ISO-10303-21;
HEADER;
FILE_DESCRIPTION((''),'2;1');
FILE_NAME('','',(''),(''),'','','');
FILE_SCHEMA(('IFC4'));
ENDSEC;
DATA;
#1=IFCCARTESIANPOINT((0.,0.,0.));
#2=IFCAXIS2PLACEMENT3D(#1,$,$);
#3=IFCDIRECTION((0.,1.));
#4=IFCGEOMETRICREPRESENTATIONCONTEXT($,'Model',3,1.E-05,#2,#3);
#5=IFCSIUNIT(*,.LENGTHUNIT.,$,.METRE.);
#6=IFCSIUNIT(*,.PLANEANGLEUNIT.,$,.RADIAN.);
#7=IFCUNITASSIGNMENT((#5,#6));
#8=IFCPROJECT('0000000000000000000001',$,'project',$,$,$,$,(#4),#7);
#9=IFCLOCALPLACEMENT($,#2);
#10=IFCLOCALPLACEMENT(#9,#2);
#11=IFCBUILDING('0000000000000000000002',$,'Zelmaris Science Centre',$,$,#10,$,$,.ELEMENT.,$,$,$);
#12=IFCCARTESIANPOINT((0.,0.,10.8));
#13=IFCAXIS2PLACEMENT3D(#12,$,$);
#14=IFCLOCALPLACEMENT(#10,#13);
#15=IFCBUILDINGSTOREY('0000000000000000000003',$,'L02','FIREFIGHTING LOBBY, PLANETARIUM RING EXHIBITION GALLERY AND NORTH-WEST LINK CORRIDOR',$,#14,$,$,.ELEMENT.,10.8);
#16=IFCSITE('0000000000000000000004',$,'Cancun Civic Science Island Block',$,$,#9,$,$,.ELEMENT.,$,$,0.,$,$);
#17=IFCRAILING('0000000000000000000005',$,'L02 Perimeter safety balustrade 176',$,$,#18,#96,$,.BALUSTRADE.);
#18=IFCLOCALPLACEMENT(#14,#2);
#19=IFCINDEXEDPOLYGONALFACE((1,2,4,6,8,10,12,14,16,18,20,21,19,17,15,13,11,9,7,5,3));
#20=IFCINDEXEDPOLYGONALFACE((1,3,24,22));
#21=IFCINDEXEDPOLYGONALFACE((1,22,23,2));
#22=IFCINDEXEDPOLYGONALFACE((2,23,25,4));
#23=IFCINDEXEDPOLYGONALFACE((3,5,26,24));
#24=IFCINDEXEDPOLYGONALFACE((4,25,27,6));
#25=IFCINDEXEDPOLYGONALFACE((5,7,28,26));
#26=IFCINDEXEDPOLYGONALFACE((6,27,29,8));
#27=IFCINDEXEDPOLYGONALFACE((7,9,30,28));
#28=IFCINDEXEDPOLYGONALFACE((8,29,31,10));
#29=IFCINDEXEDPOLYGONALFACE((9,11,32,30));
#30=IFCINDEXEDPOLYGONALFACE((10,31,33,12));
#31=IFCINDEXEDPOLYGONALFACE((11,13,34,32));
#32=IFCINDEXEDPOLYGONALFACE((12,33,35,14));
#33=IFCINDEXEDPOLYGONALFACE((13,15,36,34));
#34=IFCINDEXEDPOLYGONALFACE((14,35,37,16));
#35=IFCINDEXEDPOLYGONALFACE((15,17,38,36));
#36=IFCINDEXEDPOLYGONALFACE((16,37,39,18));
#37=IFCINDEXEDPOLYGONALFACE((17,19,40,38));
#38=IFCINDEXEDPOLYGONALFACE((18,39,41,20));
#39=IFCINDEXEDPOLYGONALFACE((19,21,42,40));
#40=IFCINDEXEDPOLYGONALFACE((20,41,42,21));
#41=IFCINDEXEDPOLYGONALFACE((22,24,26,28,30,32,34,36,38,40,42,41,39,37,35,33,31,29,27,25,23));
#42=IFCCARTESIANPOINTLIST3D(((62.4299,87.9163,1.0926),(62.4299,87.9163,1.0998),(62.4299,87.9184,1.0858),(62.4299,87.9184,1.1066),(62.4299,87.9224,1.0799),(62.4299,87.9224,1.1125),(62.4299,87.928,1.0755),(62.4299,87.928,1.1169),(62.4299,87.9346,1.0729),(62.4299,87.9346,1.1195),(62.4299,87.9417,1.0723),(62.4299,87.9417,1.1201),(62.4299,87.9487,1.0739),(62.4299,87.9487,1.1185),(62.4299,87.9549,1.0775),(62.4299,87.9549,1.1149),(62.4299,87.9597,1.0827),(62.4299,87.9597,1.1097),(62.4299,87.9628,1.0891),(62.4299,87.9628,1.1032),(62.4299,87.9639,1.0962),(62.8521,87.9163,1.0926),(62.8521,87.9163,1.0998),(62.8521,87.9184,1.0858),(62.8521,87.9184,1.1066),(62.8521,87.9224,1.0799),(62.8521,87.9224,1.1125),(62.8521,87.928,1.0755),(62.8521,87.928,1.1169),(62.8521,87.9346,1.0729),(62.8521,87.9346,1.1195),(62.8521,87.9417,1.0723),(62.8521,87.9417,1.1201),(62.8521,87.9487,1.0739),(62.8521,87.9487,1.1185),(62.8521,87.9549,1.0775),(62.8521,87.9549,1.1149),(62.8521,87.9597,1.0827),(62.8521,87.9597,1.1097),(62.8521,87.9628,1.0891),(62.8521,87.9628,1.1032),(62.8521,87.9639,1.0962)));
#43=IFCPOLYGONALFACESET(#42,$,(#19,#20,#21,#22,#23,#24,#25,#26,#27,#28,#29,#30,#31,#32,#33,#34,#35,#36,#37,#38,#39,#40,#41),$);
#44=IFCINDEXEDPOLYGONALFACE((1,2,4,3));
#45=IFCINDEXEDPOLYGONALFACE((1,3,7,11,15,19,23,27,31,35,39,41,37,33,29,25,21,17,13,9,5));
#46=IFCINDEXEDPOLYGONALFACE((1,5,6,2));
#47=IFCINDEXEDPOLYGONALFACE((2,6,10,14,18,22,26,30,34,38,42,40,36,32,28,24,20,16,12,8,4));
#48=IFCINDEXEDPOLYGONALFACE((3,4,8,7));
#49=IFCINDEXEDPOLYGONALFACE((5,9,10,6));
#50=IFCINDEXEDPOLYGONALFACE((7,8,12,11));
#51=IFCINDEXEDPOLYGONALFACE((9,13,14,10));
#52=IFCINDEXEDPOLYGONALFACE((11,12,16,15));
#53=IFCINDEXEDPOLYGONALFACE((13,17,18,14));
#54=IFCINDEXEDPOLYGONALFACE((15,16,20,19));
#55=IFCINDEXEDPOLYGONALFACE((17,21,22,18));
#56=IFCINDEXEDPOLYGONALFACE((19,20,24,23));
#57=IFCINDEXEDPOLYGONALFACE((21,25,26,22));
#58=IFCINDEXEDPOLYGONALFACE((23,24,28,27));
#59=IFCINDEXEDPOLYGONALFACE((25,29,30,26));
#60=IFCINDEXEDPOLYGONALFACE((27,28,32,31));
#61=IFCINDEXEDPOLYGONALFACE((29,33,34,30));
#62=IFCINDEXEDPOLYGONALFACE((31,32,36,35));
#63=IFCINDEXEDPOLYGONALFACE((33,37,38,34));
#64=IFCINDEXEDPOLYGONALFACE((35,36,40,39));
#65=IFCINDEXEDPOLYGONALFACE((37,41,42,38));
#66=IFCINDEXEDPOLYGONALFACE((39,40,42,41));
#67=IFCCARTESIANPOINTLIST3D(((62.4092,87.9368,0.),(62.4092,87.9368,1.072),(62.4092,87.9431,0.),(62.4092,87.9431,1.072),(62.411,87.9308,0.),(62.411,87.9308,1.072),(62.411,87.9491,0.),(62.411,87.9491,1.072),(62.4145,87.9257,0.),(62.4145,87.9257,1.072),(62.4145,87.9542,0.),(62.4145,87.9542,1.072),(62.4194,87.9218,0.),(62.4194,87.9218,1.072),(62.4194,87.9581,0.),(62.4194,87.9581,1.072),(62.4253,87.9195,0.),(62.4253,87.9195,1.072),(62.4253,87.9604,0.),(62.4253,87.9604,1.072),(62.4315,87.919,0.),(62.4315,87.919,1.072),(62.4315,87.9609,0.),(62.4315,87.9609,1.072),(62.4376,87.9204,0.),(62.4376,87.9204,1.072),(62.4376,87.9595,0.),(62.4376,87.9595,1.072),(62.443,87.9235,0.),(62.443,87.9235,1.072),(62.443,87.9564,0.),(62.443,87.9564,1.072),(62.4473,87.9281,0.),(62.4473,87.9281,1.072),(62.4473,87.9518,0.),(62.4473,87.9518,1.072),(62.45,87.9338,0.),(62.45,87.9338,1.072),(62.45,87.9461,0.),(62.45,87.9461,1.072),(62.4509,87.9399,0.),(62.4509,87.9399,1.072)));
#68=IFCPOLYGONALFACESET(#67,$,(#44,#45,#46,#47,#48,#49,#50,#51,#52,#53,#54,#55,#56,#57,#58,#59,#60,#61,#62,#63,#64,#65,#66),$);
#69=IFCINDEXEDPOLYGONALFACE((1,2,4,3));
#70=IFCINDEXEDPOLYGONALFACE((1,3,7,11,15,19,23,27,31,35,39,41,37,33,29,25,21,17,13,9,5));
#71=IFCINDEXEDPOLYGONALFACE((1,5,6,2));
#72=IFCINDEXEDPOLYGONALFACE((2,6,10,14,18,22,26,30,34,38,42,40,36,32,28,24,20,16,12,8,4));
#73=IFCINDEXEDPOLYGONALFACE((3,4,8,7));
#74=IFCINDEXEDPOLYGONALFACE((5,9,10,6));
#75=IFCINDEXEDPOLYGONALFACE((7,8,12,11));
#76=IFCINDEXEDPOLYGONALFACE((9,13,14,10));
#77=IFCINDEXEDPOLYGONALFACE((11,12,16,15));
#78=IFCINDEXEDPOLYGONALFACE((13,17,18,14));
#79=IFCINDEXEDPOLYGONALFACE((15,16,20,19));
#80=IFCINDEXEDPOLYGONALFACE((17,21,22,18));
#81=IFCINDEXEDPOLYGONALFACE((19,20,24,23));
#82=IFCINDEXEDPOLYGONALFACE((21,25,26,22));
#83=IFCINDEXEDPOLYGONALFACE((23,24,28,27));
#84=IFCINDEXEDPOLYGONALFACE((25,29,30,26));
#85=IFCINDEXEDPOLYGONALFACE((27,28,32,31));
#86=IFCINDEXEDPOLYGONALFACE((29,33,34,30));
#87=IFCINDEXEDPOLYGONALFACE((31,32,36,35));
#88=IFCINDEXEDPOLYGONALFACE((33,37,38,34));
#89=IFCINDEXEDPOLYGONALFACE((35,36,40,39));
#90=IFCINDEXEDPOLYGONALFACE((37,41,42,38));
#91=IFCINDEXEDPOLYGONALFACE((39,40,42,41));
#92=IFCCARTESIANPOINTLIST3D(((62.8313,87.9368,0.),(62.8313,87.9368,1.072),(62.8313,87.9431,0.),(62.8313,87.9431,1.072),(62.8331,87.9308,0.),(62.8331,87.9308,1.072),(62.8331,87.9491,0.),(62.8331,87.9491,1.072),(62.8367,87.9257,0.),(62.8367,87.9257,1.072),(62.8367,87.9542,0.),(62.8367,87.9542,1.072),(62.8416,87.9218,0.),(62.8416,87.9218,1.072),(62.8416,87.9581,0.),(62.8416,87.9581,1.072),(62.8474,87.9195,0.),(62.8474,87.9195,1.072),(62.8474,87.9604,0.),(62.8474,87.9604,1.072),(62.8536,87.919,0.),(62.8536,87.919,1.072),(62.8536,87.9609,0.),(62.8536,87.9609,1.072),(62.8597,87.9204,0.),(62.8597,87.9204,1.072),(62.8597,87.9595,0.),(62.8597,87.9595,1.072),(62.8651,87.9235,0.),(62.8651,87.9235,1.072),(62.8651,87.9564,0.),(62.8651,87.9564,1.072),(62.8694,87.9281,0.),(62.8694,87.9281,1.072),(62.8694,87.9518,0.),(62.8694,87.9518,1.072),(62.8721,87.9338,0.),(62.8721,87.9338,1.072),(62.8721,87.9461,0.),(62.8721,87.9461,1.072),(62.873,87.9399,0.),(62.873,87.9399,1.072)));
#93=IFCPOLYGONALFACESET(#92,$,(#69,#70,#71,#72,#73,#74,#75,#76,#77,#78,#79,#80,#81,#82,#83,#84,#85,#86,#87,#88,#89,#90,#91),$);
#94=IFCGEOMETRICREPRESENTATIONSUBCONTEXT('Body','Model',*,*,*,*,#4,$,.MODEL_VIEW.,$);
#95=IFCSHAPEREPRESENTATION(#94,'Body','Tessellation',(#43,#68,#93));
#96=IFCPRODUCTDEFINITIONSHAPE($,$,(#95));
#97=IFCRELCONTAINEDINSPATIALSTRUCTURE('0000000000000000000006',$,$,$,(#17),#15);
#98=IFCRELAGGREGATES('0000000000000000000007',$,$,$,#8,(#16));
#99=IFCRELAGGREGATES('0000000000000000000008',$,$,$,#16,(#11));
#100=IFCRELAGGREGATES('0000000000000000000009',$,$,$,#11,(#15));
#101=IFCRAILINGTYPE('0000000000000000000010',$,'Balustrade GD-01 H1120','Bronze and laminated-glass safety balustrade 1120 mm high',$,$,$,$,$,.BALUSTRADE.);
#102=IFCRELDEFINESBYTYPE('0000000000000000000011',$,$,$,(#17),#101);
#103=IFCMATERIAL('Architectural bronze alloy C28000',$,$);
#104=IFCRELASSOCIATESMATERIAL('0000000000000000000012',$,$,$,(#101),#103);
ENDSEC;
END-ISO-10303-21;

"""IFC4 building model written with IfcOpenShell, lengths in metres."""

from ifc_helpers import new_model, si_unit, direction, frame, origin, origin_2d, place, context, subcontext, project, spatial, circle, extrude, material, type_object, element, save


model = new_model("IFC4")

# Units and contexts
model_context = context("Model", 3, precision=1e-05, world=origin(), true_north=direction((0.0, 1.0)))
body_context = subcontext(model_context, "Body", "Model", "MODEL_VIEW")
ifc_project = project(units=[si_unit("LENGTHUNIT", "METRE"), si_unit("PLANEANGLEUNIT", "RADIAN")], contexts=[model_context])

# Site, building, storey
site_placement = place(None, origin())
site = spatial("IfcSite", under=ifc_project, at=site_placement, Name="Cancun Civic Science Island Block", CompositionType="ELEMENT", RefElevation=0.0)
building_placement = place(site_placement, origin())
building = spatial("IfcBuilding", under=site, at=building_placement, Name="Zelmaris Science Centre", CompositionType="ELEMENT")
storey_placement = place(building_placement, frame((0.0, 0.0, 10.8)))
storey = spatial("IfcBuildingStorey", under=building, at=storey_placement, Name="L02", Description="FIREFIGHTING LOBBY, PLANETARIUM RING EXHIBITION GALLERY AND NORTH-WEST LINK CORRIDOR", CompositionType="ELEMENT", Elevation=10.8)

# Railing
ifc_material_1 = material(Name="Architectural bronze alloy C28000")
railing_type = type_object("IfcRailingType", Name="Balustrade GD-01 H1120", Description="Bronze and laminated-glass safety balustrade 1120 mm high", PredefinedType="BALUSTRADE", material=ifc_material_1)
railing_placement = place(storey_placement, frame((62.4299, 87.9399, 0.0)))
element("IfcRailing", 1, at=railing_placement, inside=storey, type_object=railing_type, Name="L02 Perimeter safety balustrade 176", PredefinedType="BALUSTRADE", context=body_context, shape_type="SweptSolid", body=[
    extrude(circle(Radius=0.0239, at=origin_2d()), frame((0.0, 0.0, 1.0962), z_axis=(1.0, 0.0, 0.0), x_axis=(0.0, 1.0, 0.0)), (0.0, 0.0, 1.0), 0.4221),
    extrude(circle(Radius=0.021, at=origin_2d()), origin(), (0.0, 0.0, 1.0), 1.072),
    extrude(circle(Radius=0.021, at=origin_2d()), frame((0.4221, 0.0, 0.0)), (0.0, 0.0, 1.0), 1.072),
])

save(model, "model.ifc")
